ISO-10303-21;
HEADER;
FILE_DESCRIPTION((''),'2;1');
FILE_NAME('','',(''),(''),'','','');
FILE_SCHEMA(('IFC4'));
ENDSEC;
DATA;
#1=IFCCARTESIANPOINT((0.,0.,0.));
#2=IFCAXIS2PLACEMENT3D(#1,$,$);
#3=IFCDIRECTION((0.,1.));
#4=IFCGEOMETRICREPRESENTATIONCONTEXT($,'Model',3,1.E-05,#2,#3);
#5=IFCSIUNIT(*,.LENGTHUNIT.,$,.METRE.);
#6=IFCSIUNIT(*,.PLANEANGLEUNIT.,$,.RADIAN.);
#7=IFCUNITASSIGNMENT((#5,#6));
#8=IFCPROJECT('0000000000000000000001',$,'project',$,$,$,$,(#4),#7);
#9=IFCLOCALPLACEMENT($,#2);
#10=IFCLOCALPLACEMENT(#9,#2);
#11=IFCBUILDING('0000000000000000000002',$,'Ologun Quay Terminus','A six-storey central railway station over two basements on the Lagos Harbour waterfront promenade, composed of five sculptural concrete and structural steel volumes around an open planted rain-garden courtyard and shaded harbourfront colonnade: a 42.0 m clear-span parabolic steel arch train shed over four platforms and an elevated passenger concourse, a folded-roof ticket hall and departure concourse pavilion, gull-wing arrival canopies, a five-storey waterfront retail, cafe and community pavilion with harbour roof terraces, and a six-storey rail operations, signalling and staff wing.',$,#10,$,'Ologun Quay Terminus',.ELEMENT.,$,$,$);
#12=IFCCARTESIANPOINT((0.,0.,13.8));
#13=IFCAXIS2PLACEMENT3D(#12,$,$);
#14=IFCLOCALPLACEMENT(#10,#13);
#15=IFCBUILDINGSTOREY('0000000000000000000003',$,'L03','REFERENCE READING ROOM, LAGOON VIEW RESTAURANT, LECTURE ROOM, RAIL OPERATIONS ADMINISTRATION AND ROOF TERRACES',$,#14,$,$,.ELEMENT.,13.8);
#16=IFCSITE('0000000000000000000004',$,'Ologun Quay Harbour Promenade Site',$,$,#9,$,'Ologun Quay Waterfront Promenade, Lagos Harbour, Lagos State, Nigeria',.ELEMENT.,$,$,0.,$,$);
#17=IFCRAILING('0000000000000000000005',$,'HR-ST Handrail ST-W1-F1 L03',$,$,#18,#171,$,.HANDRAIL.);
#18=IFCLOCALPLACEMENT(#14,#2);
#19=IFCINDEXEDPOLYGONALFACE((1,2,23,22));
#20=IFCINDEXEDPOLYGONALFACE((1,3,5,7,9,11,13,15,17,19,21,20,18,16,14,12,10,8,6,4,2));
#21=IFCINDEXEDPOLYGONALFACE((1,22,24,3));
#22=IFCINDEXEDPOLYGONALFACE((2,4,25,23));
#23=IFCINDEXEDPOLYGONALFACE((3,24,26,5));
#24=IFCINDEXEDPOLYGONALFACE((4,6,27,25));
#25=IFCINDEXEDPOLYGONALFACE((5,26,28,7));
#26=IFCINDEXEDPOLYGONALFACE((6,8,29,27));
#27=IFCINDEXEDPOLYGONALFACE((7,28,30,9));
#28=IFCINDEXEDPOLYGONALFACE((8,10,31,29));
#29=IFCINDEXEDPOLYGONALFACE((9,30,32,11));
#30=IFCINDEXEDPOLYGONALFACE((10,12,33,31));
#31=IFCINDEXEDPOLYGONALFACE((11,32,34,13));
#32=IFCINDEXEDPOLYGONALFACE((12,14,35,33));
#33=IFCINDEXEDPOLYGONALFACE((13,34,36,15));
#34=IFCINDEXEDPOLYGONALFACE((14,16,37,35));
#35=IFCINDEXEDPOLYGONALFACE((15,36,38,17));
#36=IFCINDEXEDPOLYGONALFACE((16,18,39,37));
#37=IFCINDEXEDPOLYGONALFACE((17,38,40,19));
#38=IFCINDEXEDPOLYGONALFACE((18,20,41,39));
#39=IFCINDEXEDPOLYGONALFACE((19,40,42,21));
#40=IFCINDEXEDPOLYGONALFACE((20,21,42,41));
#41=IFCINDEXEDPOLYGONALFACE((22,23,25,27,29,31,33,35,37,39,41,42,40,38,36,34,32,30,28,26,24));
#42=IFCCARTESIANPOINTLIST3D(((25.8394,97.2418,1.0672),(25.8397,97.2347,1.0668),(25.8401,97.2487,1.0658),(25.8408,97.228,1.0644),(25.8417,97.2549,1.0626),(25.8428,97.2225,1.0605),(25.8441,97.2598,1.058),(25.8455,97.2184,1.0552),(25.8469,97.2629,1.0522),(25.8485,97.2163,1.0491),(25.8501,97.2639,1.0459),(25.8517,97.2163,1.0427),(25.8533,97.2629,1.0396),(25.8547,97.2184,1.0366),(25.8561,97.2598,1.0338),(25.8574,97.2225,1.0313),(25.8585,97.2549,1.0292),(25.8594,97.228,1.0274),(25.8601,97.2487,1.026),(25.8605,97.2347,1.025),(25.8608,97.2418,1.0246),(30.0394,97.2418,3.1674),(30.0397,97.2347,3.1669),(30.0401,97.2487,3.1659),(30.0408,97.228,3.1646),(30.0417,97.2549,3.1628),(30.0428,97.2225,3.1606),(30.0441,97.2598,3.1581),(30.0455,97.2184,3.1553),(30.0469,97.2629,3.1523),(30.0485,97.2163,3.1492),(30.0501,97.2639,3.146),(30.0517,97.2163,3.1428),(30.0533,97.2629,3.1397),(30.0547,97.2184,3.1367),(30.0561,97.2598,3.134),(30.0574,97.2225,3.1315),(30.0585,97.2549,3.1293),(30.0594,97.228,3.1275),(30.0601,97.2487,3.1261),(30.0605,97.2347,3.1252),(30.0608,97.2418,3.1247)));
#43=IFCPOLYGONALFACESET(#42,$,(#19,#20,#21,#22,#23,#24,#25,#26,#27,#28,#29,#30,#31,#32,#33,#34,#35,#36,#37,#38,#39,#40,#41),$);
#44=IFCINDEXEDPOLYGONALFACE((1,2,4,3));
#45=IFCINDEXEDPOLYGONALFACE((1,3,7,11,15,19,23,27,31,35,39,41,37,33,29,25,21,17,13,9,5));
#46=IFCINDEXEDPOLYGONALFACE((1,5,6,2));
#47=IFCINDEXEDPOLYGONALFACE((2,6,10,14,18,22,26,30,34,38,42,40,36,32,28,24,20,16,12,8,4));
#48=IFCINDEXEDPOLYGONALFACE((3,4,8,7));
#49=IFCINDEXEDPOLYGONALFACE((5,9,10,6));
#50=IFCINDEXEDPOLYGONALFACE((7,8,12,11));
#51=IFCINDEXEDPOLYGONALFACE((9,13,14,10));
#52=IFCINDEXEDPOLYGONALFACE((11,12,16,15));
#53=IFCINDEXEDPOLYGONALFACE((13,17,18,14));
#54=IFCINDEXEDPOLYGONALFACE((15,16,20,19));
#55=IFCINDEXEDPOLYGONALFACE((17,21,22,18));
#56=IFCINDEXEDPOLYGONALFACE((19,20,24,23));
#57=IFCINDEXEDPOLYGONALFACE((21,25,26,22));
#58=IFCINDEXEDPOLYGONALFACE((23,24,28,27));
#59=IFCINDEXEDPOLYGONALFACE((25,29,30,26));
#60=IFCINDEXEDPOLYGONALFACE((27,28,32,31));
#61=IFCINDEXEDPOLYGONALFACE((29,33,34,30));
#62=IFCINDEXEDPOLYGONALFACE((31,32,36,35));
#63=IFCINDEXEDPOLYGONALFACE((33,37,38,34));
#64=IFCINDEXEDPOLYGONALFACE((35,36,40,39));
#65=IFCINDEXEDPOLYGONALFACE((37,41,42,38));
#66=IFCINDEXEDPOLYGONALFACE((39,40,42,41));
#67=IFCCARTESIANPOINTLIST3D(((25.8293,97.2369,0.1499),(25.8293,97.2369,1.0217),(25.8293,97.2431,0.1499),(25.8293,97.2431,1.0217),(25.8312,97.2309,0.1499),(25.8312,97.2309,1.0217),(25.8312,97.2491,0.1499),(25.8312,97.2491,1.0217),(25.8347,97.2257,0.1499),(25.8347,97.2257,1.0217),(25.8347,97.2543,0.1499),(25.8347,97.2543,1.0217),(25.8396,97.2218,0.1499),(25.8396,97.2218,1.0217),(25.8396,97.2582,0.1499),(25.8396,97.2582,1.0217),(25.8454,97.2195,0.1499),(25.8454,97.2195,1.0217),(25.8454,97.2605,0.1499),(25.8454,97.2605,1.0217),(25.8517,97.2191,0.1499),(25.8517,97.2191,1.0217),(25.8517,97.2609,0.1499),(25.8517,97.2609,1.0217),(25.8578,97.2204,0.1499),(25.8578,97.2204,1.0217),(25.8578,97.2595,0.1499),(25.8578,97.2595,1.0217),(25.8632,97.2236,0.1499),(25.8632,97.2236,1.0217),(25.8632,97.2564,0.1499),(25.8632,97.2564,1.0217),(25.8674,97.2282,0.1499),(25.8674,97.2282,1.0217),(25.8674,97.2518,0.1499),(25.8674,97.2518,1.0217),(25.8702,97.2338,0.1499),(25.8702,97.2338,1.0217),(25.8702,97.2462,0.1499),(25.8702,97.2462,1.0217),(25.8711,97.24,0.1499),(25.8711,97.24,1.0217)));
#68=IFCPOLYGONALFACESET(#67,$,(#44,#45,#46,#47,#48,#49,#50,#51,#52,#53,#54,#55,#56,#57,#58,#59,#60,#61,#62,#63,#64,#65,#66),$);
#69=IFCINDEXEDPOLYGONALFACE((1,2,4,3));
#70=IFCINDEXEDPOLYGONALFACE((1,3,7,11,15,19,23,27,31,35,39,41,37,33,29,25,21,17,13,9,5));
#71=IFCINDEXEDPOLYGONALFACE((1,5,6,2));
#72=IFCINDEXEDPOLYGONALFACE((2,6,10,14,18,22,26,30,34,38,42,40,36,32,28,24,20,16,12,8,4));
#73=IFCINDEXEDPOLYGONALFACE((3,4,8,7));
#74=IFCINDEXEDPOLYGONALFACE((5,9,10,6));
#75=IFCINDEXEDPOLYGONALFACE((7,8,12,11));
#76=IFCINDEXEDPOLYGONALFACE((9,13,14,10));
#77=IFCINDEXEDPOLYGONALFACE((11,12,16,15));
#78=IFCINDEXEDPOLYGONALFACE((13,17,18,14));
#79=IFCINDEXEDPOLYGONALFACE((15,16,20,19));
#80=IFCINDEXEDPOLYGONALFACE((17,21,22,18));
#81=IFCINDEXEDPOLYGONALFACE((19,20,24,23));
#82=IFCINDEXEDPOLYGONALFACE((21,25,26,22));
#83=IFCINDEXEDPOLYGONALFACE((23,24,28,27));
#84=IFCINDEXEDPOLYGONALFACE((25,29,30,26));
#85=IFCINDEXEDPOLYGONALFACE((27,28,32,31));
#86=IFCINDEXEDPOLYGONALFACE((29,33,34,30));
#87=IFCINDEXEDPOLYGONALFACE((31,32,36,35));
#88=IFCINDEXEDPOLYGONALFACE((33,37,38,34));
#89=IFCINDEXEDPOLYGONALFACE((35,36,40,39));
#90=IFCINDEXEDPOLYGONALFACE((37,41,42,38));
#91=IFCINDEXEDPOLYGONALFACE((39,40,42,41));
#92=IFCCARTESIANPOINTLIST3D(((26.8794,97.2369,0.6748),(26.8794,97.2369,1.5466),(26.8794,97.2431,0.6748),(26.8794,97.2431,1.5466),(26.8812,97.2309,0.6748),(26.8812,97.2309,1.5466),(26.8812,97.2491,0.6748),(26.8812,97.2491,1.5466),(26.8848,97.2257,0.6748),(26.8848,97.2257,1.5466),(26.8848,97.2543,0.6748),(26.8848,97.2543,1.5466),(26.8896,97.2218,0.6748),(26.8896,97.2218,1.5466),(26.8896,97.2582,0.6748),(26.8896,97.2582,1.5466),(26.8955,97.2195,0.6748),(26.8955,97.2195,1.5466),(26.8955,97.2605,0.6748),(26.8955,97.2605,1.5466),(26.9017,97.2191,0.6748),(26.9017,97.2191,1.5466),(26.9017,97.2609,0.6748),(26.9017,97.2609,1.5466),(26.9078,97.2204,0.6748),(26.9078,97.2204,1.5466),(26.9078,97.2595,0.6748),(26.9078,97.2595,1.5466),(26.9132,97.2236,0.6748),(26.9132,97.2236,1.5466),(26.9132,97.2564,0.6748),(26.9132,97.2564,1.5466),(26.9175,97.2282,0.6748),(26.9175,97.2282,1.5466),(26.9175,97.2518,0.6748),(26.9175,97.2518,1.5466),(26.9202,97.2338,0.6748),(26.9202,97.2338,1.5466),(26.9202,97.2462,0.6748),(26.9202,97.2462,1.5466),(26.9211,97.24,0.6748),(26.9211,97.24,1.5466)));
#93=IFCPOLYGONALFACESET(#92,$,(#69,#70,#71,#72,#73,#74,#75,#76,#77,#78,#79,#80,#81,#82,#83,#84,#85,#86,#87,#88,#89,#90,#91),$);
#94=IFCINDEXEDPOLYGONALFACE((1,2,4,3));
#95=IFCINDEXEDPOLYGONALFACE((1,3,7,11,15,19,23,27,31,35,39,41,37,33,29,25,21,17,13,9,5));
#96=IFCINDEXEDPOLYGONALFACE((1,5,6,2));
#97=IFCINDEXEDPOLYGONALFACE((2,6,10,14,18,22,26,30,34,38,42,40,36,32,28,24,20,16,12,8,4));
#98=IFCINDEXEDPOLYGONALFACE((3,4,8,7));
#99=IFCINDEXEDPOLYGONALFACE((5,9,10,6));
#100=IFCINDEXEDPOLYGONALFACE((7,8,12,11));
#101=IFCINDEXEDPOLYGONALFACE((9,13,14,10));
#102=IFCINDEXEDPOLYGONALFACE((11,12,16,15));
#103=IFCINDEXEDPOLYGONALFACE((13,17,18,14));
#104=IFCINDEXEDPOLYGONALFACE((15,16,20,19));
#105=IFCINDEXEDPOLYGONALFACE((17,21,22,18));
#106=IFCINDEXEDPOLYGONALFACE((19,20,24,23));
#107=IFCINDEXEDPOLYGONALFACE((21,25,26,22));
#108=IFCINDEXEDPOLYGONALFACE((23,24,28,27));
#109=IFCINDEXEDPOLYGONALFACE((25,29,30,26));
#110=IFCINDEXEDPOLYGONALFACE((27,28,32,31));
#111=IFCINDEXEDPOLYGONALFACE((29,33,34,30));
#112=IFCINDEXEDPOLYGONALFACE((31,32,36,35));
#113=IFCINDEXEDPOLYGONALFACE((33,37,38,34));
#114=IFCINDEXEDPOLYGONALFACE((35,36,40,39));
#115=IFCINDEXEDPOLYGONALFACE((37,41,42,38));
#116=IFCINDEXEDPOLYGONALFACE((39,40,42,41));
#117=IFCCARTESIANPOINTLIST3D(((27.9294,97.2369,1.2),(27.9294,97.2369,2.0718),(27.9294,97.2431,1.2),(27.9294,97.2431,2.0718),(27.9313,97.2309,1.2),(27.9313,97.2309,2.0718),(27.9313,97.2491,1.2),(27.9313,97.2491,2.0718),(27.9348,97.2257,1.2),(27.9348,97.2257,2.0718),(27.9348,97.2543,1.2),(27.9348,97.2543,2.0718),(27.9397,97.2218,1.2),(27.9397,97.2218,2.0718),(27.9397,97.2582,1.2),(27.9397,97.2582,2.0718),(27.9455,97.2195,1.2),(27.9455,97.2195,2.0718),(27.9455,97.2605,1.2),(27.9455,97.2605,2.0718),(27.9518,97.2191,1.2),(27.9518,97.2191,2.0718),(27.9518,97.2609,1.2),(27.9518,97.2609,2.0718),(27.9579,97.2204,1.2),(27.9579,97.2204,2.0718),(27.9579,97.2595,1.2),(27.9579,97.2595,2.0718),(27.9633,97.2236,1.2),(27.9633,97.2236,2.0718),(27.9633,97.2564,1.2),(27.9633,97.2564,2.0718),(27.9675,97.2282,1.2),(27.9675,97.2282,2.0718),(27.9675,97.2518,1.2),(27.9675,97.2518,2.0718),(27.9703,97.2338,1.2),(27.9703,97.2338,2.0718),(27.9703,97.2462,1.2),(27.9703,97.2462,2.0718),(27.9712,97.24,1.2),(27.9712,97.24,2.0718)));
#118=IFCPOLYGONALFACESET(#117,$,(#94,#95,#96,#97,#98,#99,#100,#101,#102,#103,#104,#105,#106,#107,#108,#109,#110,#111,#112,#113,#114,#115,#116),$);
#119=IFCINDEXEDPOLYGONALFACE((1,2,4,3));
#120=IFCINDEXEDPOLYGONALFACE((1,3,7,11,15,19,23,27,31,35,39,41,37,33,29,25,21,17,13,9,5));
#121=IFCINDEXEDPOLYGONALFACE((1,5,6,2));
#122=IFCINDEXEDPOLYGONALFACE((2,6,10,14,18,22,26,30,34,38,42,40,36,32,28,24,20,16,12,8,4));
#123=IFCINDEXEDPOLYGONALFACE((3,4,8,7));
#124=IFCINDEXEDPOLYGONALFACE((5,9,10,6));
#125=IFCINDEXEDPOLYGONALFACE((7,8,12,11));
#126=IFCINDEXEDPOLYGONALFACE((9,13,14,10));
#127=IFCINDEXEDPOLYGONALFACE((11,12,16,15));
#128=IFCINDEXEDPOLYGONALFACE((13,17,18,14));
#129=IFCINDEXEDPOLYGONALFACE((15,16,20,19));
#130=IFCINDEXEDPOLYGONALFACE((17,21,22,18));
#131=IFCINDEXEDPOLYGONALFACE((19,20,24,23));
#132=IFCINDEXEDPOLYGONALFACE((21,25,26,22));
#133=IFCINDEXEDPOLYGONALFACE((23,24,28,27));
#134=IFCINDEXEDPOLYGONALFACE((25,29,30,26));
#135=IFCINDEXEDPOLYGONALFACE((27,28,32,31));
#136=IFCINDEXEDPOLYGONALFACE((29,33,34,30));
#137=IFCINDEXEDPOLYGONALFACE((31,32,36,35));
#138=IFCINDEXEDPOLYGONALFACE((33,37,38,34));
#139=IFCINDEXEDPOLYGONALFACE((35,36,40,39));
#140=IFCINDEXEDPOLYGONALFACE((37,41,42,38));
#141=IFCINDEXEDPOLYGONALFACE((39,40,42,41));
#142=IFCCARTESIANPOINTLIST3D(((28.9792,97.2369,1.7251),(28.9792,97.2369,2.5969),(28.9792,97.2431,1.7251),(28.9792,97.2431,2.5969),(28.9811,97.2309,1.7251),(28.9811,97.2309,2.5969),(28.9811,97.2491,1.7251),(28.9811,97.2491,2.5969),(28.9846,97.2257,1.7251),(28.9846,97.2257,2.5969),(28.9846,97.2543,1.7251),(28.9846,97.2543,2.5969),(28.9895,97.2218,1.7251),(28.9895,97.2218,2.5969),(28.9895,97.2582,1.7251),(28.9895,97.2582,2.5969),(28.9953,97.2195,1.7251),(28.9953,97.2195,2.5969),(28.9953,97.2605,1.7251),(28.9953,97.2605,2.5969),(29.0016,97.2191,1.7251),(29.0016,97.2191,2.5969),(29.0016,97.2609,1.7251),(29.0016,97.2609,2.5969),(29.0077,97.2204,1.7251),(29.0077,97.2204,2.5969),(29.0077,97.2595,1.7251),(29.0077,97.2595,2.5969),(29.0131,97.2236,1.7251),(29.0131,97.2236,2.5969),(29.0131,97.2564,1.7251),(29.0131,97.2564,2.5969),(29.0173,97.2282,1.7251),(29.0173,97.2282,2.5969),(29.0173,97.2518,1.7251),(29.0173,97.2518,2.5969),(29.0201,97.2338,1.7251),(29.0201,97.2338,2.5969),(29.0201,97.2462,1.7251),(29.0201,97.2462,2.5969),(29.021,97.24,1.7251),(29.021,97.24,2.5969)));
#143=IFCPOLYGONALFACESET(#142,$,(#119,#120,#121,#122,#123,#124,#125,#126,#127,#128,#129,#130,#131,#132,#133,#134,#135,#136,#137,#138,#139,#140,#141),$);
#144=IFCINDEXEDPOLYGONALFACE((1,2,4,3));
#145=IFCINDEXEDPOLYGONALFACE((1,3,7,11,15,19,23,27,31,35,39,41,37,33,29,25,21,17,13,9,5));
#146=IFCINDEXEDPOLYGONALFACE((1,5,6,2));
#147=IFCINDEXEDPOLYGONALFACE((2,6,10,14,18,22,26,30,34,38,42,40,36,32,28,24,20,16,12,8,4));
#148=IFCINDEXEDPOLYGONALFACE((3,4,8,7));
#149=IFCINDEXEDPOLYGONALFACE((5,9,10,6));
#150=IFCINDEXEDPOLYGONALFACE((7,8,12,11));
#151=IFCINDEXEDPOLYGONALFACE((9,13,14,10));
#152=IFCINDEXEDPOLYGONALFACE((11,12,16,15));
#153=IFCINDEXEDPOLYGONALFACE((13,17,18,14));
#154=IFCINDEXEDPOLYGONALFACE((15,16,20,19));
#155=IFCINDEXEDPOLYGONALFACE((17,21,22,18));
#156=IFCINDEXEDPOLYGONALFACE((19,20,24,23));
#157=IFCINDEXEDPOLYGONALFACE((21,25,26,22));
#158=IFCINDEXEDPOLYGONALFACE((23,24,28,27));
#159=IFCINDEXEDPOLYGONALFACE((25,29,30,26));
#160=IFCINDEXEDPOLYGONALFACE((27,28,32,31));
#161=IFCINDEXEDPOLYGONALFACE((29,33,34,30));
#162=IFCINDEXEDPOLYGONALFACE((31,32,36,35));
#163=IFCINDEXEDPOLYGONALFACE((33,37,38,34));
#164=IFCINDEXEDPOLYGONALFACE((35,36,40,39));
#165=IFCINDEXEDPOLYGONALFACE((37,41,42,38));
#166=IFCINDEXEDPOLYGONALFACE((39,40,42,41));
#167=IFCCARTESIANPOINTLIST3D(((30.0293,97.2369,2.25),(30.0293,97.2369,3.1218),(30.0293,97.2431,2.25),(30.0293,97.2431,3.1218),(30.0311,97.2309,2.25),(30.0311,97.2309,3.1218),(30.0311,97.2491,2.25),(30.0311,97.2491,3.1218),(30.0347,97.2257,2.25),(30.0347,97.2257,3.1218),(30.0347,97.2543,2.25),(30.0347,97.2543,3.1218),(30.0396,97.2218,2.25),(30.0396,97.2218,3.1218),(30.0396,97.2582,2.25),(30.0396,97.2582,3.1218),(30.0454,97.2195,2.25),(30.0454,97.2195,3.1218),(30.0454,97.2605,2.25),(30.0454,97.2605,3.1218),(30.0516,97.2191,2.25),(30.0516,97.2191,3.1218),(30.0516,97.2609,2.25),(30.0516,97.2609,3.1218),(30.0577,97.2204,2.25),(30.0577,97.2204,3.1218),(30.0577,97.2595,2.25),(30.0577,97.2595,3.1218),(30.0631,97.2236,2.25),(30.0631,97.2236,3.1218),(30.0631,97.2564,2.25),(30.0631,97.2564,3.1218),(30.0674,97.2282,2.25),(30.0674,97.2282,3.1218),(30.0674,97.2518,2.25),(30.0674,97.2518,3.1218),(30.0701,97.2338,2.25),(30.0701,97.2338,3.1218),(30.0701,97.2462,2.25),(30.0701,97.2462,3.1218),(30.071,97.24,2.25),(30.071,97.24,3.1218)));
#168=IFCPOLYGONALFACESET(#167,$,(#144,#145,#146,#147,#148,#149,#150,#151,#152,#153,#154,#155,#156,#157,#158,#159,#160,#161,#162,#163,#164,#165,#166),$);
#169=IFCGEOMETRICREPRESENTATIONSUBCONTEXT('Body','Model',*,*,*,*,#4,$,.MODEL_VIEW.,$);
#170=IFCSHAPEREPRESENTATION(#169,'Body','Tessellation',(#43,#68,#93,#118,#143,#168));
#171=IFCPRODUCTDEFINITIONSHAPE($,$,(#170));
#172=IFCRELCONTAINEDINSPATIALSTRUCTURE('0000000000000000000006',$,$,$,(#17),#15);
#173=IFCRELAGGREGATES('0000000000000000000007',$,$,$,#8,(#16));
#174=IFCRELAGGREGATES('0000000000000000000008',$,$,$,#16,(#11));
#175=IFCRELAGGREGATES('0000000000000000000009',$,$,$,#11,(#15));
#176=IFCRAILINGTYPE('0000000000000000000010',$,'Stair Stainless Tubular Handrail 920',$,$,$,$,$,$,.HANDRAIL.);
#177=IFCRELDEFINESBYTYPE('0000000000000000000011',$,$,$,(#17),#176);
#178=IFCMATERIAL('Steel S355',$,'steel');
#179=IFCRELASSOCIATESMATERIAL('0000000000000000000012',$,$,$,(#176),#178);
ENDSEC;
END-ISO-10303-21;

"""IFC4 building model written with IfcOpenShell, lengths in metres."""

from ifc_helpers import new_model, si_unit, direction, frame, origin, origin_2d, place, context, subcontext, project, spatial, circle, extrude, material, type_object, element, save


model = new_model("IFC4")

# Units and contexts
model_context = context("Model", 3, precision=1e-05, world=origin(), true_north=direction((0.0, 1.0)))
body_context = subcontext(model_context, "Body", "Model", "MODEL_VIEW")
ifc_project = project(units=[si_unit("LENGTHUNIT", "METRE"), si_unit("PLANEANGLEUNIT", "RADIAN")], contexts=[model_context])

# Site, building, storey
site_placement = place(None, origin())
site = spatial("IfcSite", under=ifc_project, at=site_placement, Name="Ologun Quay Harbour Promenade Site", LongName="Ologun Quay Waterfront Promenade, Lagos Harbour, Lagos State, Nigeria", CompositionType="ELEMENT", RefElevation=0.0)
building_placement = place(site_placement, origin())
building = spatial("IfcBuilding", under=site, at=building_placement, Name="Ologun Quay Terminus", Description="A six-storey central railway station over two basements on the Lagos Harbour waterfront promenade, composed of five sculptural concrete and structural steel volumes around an open planted rain-garden courtyard and shaded harbourfront colonnade: a 42.0 m clear-span parabolic steel arch train shed over four platforms and an elevated passenger concourse, a folded-roof ticket hall and departure concourse pavilion, gull-wing arrival canopies, a five-storey waterfront retail, cafe and community pavilion with harbour roof terraces, and a six-storey rail operations, signalling and staff wing.", LongName="Ologun Quay Terminus", CompositionType="ELEMENT")
storey_placement = place(building_placement, frame((0.0, 0.0, 13.8)))
storey = spatial("IfcBuildingStorey", under=building, at=storey_placement, Name="L03", Description="REFERENCE READING ROOM, LAGOON VIEW RESTAURANT, LECTURE ROOM, RAIL OPERATIONS ADMINISTRATION AND ROOF TERRACES", CompositionType="ELEMENT", Elevation=13.8)

# Railing
ifc_material_1 = material(Name="Steel S355", Category="steel")
railing_type_1 = type_object("IfcRailingType", Name="Stair Stainless Tubular Handrail 920", PredefinedType="HANDRAIL", material=ifc_material_1)
railing_1_placement = place(storey_placement, frame((25.8501, 97.24, 0.1499)))
element("IfcRailing", 1, at=railing_1_placement, inside=storey, type_object=railing_type_1, Name="HR-ST Handrail ST-W1-F1 L03", PredefinedType="HANDRAIL", context=body_context, shape_type="SweptSolid", body=[
    extrude(circle(Radius=0.0239, at=origin_2d()), frame((0.0, 0.0, 0.896), z_axis=(0.894417, 0.0, 0.447234), x_axis=(0.0, 1.0, 0.0)), (0.0, 0.0, 1.0), 4.6958),
    extrude(circle(Radius=0.021, at=origin_2d()), origin(), (0.0, 0.0, 1.0), 0.8718),
    extrude(circle(Radius=0.021, at=origin_2d()), frame((1.05, 0.0, 0.5249)), (0.0, 0.0, 1.0), 0.8718),
    extrude(circle(Radius=0.021, at=origin_2d()), frame((2.1001, 0.0, 1.05)), (0.0, 0.0, 1.0), 0.8718),
    extrude(circle(Radius=0.021, at=origin_2d()), frame((3.1499, 0.0, 1.5752)), (0.0, 0.0, 1.0), 0.8718),
    extrude(circle(Radius=0.021, at=origin_2d()), frame((4.2, 0.0, 2.1001)), (0.0, 0.0, 1.0), 0.8718),
])

save(model, "model.ifc")
